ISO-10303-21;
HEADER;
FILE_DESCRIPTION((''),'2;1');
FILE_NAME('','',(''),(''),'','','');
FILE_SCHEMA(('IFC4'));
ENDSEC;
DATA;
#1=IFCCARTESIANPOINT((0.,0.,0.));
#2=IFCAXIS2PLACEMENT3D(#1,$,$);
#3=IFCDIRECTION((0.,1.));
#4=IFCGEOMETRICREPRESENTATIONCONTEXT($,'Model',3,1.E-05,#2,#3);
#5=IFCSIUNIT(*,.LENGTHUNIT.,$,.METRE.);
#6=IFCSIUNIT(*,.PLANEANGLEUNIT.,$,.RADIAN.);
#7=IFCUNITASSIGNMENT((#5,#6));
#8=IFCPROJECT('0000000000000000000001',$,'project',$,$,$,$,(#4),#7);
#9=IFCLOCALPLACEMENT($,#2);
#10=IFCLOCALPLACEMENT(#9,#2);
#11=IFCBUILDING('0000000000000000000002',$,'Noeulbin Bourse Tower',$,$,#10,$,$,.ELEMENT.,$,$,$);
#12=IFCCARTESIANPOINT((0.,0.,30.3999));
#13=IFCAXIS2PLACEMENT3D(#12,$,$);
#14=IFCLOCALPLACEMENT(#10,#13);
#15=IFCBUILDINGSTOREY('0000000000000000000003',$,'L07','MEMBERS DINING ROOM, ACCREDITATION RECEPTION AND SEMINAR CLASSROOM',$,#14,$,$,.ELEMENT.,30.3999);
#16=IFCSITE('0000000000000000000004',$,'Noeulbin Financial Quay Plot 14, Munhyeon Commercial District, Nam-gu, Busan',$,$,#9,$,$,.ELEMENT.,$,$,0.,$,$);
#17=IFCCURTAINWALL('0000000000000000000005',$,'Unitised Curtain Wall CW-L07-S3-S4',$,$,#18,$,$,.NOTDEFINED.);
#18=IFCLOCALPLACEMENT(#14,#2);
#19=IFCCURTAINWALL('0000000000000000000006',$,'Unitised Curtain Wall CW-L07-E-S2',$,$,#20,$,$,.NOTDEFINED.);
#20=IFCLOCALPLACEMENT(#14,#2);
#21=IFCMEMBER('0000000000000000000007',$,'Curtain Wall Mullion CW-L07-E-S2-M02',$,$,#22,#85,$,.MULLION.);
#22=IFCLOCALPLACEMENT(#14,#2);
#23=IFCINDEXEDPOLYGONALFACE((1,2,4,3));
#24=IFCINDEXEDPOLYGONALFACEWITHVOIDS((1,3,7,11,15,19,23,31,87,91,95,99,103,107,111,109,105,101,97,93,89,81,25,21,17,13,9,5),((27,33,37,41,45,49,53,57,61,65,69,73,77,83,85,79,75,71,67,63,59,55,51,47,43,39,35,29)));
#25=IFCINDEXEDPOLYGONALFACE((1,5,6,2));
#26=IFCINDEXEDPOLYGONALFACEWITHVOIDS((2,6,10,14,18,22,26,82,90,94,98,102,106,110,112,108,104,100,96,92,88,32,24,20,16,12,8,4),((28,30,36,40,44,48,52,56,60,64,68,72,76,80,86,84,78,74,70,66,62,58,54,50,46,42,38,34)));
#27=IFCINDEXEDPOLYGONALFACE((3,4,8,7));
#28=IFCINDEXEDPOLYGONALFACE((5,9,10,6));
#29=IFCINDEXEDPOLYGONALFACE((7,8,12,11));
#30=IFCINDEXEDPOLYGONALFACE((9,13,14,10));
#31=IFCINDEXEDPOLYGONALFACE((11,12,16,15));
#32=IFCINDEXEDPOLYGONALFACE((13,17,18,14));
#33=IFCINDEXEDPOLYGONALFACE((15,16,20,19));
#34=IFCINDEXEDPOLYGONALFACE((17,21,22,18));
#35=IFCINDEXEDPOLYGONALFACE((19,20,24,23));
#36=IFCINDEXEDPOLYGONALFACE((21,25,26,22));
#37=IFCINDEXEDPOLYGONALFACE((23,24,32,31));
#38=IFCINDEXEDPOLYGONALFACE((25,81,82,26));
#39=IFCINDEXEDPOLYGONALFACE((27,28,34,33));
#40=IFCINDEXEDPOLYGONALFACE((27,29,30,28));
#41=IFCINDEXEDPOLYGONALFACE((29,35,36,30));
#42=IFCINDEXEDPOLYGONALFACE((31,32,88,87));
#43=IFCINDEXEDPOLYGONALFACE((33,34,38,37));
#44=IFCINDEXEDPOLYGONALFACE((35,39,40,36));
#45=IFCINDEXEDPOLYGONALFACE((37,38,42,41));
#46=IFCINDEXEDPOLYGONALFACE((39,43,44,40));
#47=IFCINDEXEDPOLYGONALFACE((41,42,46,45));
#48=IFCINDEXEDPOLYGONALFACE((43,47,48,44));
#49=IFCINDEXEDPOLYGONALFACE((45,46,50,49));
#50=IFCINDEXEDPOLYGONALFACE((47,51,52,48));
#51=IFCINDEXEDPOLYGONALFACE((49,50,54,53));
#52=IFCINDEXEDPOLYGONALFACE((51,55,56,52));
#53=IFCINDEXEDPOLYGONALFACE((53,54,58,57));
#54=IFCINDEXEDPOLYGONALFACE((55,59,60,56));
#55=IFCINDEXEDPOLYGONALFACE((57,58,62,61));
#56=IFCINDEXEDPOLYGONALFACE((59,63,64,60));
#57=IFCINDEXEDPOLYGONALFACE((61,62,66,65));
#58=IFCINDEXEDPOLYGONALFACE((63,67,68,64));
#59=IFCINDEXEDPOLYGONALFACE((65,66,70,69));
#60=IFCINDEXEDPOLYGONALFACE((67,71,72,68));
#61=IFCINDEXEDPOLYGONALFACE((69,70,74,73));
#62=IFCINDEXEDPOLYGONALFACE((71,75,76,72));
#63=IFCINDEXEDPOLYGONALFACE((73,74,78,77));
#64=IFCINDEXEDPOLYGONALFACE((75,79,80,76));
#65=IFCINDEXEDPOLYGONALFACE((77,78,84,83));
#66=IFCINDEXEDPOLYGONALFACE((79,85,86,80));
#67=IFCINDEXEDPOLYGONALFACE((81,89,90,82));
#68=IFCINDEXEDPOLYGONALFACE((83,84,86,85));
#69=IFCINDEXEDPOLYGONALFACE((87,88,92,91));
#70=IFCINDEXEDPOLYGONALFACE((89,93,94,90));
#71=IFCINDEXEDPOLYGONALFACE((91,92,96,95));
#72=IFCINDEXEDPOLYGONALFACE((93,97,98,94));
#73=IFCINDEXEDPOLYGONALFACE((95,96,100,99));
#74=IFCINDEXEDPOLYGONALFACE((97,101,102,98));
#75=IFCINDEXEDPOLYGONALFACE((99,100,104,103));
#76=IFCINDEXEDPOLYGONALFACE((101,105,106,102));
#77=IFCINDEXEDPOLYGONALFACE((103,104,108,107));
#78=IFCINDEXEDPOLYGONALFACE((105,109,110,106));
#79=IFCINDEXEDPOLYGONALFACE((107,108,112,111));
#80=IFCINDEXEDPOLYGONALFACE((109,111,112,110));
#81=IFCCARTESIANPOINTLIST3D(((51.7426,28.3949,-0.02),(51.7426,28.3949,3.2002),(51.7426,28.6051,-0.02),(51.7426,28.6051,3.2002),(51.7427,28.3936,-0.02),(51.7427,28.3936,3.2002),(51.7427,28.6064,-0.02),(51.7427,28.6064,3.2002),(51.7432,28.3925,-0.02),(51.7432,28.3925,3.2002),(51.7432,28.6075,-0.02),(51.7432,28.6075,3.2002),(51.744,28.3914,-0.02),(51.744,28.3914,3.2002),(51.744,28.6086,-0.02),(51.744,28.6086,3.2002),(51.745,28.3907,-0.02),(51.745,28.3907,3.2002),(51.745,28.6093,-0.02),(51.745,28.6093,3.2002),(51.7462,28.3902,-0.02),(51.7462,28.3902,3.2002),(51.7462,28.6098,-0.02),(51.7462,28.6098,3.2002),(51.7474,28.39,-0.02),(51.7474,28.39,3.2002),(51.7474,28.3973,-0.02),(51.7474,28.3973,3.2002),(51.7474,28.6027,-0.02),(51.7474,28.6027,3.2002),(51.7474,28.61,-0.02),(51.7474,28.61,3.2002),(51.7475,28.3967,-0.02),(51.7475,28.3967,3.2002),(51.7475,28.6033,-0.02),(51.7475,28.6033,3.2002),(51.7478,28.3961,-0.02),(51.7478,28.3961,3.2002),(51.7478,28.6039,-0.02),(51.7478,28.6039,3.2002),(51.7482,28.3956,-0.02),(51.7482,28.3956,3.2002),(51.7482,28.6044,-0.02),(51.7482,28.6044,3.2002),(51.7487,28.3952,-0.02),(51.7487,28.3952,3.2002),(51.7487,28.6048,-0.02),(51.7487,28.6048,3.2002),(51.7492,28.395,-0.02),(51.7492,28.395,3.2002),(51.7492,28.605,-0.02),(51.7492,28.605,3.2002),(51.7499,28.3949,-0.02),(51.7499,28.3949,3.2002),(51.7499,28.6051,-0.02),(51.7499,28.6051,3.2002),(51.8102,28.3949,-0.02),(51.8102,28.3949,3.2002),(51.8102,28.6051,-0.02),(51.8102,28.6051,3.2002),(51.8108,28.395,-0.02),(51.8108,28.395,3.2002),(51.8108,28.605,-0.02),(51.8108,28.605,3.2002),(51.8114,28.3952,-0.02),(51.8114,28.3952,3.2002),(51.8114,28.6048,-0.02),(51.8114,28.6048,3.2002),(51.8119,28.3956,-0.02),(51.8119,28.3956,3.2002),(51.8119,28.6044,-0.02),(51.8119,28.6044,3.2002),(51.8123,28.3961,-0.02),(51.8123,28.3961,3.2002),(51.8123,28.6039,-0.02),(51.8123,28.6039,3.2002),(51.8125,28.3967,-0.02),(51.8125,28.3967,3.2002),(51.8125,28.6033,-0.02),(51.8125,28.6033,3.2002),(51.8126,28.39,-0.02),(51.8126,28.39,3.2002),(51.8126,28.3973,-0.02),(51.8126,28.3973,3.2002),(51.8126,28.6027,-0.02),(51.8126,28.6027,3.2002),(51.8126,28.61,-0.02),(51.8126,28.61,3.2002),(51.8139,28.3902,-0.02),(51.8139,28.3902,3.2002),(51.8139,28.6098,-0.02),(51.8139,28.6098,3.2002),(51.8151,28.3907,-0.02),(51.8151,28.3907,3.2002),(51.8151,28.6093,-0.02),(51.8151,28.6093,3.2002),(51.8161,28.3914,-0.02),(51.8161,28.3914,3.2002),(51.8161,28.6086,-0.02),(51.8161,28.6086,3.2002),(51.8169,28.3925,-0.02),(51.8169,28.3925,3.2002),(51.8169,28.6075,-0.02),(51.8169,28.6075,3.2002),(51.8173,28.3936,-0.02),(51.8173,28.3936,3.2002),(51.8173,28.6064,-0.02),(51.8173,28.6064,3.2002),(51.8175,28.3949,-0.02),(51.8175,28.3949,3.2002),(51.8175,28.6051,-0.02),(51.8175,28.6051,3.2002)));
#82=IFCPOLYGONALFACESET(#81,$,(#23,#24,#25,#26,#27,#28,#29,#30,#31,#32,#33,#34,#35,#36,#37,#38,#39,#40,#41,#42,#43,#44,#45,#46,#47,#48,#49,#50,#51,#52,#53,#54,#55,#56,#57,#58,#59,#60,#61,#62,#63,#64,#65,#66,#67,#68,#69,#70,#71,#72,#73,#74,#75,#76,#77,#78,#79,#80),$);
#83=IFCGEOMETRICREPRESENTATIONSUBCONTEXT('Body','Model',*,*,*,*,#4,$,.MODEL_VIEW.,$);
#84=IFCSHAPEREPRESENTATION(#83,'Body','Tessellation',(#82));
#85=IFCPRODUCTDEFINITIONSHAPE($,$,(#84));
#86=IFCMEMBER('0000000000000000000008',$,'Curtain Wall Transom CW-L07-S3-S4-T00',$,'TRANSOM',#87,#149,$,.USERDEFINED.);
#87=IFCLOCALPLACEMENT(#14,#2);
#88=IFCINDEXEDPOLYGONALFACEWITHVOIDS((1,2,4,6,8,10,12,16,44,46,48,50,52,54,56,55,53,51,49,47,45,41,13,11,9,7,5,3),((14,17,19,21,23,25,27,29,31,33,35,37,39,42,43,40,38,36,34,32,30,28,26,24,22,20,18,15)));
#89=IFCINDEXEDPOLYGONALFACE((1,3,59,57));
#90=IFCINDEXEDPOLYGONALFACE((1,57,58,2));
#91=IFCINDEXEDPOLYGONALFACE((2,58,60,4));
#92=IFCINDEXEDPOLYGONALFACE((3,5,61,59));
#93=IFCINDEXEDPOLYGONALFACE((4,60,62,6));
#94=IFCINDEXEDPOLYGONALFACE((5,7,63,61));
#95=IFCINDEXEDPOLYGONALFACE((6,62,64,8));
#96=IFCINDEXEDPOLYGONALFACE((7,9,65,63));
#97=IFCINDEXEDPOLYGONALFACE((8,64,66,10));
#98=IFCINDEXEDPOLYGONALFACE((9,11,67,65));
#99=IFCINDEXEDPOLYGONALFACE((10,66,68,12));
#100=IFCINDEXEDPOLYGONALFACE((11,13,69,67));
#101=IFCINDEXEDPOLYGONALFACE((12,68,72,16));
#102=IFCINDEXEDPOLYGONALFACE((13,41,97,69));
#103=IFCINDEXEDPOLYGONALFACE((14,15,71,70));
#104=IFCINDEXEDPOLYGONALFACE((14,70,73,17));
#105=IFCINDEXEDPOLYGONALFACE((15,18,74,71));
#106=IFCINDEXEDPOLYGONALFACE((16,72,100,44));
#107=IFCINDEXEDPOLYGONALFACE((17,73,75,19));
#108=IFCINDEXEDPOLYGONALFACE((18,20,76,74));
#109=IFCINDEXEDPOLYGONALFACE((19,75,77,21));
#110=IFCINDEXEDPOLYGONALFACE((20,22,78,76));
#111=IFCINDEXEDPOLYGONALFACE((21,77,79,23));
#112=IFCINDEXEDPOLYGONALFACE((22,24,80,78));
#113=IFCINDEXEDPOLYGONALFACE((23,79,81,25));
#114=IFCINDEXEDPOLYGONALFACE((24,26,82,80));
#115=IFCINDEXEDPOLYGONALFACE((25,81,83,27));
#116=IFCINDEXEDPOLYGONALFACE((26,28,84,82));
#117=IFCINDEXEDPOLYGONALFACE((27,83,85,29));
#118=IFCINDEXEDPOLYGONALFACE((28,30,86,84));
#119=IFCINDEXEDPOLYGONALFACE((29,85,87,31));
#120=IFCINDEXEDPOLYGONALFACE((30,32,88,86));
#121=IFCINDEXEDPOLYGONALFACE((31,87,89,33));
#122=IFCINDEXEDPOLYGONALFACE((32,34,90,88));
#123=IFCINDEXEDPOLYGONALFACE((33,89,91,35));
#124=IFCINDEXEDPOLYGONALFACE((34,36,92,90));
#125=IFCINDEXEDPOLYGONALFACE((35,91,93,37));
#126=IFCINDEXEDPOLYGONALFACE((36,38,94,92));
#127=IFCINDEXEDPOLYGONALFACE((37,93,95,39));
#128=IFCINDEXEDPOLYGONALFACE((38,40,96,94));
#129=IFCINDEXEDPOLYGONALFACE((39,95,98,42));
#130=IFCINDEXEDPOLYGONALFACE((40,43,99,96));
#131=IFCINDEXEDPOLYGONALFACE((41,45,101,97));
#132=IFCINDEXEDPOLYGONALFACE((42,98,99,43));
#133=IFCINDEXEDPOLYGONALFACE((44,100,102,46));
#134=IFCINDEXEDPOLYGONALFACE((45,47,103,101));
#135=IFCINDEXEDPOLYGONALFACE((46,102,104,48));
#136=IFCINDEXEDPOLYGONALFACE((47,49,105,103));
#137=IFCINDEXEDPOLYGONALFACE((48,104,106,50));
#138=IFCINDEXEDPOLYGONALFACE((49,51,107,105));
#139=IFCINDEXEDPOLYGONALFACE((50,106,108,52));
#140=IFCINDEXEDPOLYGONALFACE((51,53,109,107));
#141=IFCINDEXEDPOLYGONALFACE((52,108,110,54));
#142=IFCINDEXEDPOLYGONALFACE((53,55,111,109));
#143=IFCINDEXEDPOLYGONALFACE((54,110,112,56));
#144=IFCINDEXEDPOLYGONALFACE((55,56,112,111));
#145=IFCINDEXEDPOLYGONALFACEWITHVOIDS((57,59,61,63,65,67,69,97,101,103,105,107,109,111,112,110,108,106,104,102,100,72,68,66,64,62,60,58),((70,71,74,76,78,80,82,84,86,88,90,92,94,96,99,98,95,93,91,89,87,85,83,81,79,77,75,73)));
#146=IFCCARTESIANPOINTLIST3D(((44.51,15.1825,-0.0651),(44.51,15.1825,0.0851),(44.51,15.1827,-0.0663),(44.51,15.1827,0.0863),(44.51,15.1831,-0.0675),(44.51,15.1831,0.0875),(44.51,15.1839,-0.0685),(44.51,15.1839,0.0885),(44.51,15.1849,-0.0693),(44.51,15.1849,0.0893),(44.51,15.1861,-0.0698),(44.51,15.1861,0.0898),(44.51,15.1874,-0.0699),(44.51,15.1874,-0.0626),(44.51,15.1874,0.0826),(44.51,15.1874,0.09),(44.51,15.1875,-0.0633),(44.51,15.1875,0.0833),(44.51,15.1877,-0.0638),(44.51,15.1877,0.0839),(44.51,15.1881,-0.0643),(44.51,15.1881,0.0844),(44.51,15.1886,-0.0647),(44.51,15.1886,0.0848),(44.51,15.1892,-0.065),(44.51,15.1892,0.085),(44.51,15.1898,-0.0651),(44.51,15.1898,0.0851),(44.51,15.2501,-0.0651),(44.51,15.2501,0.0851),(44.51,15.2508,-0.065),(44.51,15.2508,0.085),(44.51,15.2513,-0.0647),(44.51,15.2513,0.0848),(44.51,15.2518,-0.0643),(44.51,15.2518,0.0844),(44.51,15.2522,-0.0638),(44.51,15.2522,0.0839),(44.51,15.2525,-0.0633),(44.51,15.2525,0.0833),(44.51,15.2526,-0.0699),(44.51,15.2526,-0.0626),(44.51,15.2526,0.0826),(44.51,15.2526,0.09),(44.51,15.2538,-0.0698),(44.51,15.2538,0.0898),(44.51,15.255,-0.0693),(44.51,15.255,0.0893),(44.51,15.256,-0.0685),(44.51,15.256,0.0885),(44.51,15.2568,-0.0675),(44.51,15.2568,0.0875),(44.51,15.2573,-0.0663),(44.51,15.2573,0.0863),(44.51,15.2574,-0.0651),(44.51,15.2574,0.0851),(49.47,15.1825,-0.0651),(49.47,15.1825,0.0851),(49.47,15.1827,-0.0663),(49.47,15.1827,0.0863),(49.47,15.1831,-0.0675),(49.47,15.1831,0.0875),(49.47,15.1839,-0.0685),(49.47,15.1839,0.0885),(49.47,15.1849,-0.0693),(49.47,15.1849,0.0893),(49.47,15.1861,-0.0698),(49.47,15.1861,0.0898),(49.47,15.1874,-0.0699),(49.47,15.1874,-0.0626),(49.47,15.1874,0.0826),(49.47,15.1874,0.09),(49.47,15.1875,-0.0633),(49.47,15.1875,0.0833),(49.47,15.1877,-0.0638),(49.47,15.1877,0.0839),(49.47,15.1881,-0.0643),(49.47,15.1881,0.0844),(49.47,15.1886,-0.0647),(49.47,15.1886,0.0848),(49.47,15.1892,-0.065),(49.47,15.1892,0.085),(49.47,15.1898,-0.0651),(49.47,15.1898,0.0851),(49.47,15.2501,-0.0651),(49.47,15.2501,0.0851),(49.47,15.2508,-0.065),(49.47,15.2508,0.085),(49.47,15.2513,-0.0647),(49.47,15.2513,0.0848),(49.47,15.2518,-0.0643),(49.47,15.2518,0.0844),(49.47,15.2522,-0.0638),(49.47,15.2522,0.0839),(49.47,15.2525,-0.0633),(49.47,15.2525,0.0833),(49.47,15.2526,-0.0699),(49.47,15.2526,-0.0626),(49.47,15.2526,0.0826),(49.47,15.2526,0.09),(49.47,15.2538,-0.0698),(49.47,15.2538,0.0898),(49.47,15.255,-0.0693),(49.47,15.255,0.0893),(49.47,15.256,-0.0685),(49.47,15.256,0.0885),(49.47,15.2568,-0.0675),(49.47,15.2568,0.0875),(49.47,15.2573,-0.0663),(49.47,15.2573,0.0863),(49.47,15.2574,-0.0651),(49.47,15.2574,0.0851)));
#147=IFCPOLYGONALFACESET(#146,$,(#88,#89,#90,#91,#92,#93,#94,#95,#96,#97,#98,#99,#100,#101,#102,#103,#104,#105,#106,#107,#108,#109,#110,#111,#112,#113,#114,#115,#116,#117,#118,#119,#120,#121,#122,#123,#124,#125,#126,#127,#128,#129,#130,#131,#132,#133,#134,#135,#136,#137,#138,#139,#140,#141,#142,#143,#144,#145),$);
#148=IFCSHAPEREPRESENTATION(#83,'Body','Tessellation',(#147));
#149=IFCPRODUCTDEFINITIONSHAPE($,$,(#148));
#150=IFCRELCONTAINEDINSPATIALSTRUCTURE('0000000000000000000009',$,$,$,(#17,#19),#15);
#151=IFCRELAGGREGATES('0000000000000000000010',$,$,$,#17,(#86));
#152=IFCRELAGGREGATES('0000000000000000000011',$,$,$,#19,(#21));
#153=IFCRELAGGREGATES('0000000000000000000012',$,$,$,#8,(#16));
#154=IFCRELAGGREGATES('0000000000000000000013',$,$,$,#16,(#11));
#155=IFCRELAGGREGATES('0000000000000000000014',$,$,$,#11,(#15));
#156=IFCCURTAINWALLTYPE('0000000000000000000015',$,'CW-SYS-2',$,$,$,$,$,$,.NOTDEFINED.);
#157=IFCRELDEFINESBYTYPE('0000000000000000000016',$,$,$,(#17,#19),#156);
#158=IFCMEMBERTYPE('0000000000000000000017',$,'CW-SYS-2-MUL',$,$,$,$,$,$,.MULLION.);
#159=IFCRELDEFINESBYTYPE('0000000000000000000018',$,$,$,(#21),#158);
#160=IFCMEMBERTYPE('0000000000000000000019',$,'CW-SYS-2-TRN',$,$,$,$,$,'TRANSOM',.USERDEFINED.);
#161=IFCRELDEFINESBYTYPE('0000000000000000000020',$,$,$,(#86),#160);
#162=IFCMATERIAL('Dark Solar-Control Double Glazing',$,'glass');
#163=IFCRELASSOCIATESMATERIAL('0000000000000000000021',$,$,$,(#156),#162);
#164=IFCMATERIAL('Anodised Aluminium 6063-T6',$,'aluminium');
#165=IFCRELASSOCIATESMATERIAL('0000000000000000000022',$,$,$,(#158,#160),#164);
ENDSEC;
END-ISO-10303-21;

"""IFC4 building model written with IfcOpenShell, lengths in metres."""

from ifc_helpers import new_model, si_unit, direction, frame, origin, origin_2d, place, context, subcontext, project, spatial, hollow_rectangle, extrude, material, material_profile, profile_set, type_object, element, aggregate, save


model = new_model("IFC4")

# Units and contexts
model_context = context("Model", 3, precision=1e-05, world=origin(), true_north=direction((0.0, 1.0)))
body_context = subcontext(model_context, "Body", "Model", "MODEL_VIEW")
ifc_project = project(units=[si_unit("LENGTHUNIT", "METRE"), si_unit("PLANEANGLEUNIT", "RADIAN")], contexts=[model_context])

# Site, building, storey
site_placement = place(None, origin())
site = spatial("IfcSite", under=ifc_project, at=site_placement, Name="Noeulbin Financial Quay Plot 14, Munhyeon Commercial District, Nam-gu, Busan", CompositionType="ELEMENT", RefElevation=0.0)
building_placement = place(site_placement, origin())
building = spatial("IfcBuilding", under=site, at=building_placement, Name="Noeulbin Bourse Tower", CompositionType="ELEMENT")
storey_placement = place(building_placement, frame((0.0, 0.0, 30.3999)))
storey = spatial("IfcBuildingStorey", under=building, at=storey_placement, Name="L07", Description="MEMBERS DINING ROOM, ACCREDITATION RECEPTION AND SEMINAR CLASSROOM", CompositionType="ELEMENT", Elevation=30.3999)

# Curtain walls, member
ifc_material_1 = material(Name="Dark Solar-Control Double Glazing", Category="glass")
curtain_wall_type = type_object("IfcCurtainWallType", Name="CW-SYS-2", PredefinedType="NOTDEFINED", material=ifc_material_1)
curtain_wall_1_placement = place(storey_placement, origin())
curtain_wall_1 = element("IfcCurtainWall", 1, at=curtain_wall_1_placement, inside=storey, type_object=curtain_wall_type, Name="Unitised Curtain Wall CW-L07-S3-S4", PredefinedType="NOTDEFINED")
ifc_material_2 = material(Name="Anodised Aluminium 6063-T6", Category="aluminium")
ifc_material_profile_1 = material_profile(ifc_material_2, hollow_rectangle(XDim=0.075, YDim=0.22, WallThickness=0.0049, InnerFilletRadius=0.0024, OuterFilletRadius=0.0049, at=origin_2d()), Name="ALU-MULL-75x220x5", Category="LoadBearing")
ifc_profile_set_1 = profile_set([ifc_material_profile_1], Name="Anodised Aluminium 6063-T6")
member_type_1 = type_object("IfcMemberType", Name="CW-SYS-2-MUL", PredefinedType="MULLION", material=ifc_profile_set_1)
curtain_wall_2_placement = place(storey_placement, origin())
curtain_wall_2 = element("IfcCurtainWall", 2, at=curtain_wall_2_placement, inside=storey, type_object=curtain_wall_type, Name="Unitised Curtain Wall CW-L07-E-S2", PredefinedType="NOTDEFINED")
member_1_placement = place(storey_placement, frame((51.78, 28.5, -0.02), z_axis=(0.0, 0.0, 1.0), x_axis=(1.0, 0.0, 0.0)))
member_1 = element("IfcMember", 3, at=member_1_placement, type_object=member_type_1, Name="Curtain Wall Mullion CW-L07-E-S2-M02", PredefinedType="MULLION", context=body_context, shape_type="SweptSolid", body=[
    extrude(hollow_rectangle(XDim=0.075, YDim=0.22, WallThickness=0.0049, InnerFilletRadius=0.0024, OuterFilletRadius=0.0049, at=origin_2d()), origin(), (0.0, 0.0, 1.0), 3.2202),
])

# Member
ifc_material_profile_2 = material_profile(ifc_material_2, hollow_rectangle(XDim=0.075, YDim=0.1599, WallThickness=0.0049, InnerFilletRadius=0.0024, OuterFilletRadius=0.0049, at=origin_2d()), Name="ALU-TRAN-75x160x5", Category="LoadBearing")
ifc_profile_set_2 = profile_set([ifc_material_profile_2], Name="Anodised Aluminium 6063-T6")
member_type_2 = type_object("IfcMemberType", Name="CW-SYS-2-TRN", ElementType="TRANSOM", PredefinedType="USERDEFINED", material=ifc_profile_set_2)
member_2_placement = place(storey_placement, frame((44.51, 15.22, 0.01), z_axis=(1.0, 0.0, 0.0), x_axis=(0.0, 1.0, 0.0)))
member_2 = element("IfcMember", 4, at=member_2_placement, type_object=member_type_2, Name="Curtain Wall Transom CW-L07-S3-S4-T00", ObjectType="TRANSOM", PredefinedType="USERDEFINED", context=body_context, shape_type="SweptSolid", body=[
    extrude(hollow_rectangle(XDim=0.075, YDim=0.1599, WallThickness=0.0049, InnerFilletRadius=0.0024, OuterFilletRadius=0.0049, at=origin_2d()), origin(), (0.0, 0.0, 1.0), 4.96),
])

aggregate(curtain_wall_1, [member_2])
aggregate(curtain_wall_2, [member_1])

save(model, "model.ifc")
